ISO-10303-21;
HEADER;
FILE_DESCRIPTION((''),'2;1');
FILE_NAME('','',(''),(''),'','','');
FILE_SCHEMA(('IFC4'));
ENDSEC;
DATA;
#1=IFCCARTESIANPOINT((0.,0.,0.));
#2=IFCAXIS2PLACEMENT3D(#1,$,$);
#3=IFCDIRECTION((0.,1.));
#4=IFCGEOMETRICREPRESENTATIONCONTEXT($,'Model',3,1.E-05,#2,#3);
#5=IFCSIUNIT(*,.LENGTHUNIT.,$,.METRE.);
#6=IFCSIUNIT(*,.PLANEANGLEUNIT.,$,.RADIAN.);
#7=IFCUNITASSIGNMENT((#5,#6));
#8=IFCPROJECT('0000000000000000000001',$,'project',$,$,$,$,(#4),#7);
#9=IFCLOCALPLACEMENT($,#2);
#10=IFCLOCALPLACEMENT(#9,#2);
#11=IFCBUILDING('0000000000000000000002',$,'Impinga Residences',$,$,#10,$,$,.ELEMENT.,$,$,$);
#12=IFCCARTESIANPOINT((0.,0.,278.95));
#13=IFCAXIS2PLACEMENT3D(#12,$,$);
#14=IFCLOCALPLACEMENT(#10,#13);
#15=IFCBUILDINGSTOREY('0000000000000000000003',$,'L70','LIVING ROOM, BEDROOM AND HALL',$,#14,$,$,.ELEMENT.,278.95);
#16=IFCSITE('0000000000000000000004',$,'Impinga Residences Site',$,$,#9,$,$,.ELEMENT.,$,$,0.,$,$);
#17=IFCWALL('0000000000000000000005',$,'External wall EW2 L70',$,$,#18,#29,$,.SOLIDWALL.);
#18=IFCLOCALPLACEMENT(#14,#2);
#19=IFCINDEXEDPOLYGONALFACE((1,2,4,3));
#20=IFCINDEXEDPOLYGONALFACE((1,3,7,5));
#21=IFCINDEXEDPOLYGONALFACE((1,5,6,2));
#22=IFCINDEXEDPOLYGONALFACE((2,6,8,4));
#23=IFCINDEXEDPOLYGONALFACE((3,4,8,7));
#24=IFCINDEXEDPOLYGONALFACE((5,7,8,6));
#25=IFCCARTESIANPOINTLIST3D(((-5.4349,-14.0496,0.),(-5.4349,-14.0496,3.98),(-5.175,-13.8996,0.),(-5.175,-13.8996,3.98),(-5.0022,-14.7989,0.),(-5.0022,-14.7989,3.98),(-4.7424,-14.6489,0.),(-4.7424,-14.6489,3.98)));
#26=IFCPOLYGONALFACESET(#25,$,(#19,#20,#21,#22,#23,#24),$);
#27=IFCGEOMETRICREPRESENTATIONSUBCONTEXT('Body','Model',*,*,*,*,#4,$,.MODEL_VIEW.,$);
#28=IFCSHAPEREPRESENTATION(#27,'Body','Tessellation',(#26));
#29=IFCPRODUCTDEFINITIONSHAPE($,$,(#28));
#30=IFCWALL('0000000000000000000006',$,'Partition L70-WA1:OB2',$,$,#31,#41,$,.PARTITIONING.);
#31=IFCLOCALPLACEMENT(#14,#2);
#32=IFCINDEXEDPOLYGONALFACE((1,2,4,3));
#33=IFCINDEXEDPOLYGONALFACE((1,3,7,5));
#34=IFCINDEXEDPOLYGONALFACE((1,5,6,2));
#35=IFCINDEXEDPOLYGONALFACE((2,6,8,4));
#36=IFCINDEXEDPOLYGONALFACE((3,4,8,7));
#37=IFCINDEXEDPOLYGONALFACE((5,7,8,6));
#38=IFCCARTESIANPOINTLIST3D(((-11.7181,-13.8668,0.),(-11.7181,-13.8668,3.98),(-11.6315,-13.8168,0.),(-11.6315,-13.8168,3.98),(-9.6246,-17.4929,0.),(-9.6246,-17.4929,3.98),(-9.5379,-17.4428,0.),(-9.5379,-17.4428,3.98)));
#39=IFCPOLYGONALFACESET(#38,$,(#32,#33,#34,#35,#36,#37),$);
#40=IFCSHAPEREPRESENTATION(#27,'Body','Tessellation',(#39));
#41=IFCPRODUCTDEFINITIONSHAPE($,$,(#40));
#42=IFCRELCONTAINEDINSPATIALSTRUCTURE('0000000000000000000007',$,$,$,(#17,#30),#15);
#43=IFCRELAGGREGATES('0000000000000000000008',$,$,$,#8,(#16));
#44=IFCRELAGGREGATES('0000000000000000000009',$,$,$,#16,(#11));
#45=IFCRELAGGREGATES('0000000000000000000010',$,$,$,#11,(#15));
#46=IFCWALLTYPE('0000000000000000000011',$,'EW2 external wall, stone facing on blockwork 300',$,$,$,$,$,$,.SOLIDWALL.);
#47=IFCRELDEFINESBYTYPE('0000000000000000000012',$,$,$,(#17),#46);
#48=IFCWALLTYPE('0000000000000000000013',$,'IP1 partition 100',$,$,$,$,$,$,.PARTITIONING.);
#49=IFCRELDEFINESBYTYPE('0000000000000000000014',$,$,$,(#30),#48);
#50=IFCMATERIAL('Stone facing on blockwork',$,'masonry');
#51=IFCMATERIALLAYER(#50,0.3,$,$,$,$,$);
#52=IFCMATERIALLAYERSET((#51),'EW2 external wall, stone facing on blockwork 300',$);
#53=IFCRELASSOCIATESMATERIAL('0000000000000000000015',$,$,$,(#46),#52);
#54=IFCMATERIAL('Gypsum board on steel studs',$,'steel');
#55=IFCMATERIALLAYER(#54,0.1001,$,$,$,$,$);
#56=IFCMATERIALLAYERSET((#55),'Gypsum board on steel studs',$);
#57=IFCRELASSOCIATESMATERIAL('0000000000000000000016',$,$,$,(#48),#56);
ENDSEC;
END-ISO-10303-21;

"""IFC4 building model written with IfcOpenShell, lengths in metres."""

from ifc_helpers import new_model, si_unit, direction, frame, frame_2d, origin, place, context, subcontext, project, spatial, rectangle, extrude, material, layer, layer_set, type_object, element, save


model = new_model("IFC4")

# Units and contexts
model_context = context("Model", 3, precision=1e-05, world=origin(), true_north=direction((0.0, 1.0)))
body_context = subcontext(model_context, "Body", "Model", "MODEL_VIEW")
ifc_project = project(units=[si_unit("LENGTHUNIT", "METRE"), si_unit("PLANEANGLEUNIT", "RADIAN")], contexts=[model_context])

# Site, building, storey
site_placement = place(None, origin())
site = spatial("IfcSite", under=ifc_project, at=site_placement, Name="Impinga Residences Site", CompositionType="ELEMENT", RefElevation=0.0)
building_placement = place(site_placement, origin())
building = spatial("IfcBuilding", under=site, at=building_placement, Name="Impinga Residences", CompositionType="ELEMENT")
storey_placement = place(building_placement, frame((0.0, 0.0, 278.95)))
storey = spatial("IfcBuildingStorey", under=building, at=storey_placement, Name="L70", Description="LIVING ROOM, BEDROOM AND HALL", CompositionType="ELEMENT", Elevation=278.95)

# Walls
ifc_material_1 = material(Name="Stone facing on blockwork", Category="masonry")
ifc_layer_1 = layer(ifc_material_1, 0.3)
ifc_layer_set_1 = layer_set([ifc_layer_1], Name="EW2 external wall, stone facing on blockwork 300")
wall_type_1 = type_object("IfcWallType", Name="EW2 external wall, stone facing on blockwork 300", PredefinedType="SOLIDWALL", material=ifc_layer_set_1)
wall_1_placement = place(storey_placement, frame((-5.3049, -13.9746, 0.0), z_axis=(0.0, 0.0, 1.0), x_axis=(0.500024, -0.866012, 0.0)))
element("IfcWall", 1, at=wall_1_placement, inside=storey, type_object=wall_type_1, Name="External wall EW2 L70", PredefinedType="SOLIDWALL", context=body_context, shape_type="SweptSolid", body=[
    extrude(rectangle(XDim=0.8652, YDim=0.3, at=frame_2d((0.4326, 0.0))), origin(), (0.0, 0.0, 1.0), 3.98),
])
ifc_material_2 = material(Name="Gypsum board on steel studs", Category="steel")
ifc_layer_2 = layer(ifc_material_2, 0.1001)
ifc_layer_set_2 = layer_set([ifc_layer_2], Name="Gypsum board on steel studs")
wall_type_2 = type_object("IfcWallType", Name="IP1 partition 100", PredefinedType="PARTITIONING", material=ifc_layer_set_2)
wall_2_placement = place(storey_placement, frame((-11.6748, -13.8418, 0.0), z_axis=(0.0, 0.0, 1.0), x_axis=(0.500008, -0.866021, 0.0)))
element("IfcWall", 2, at=wall_2_placement, inside=storey, type_object=wall_type_2, Name="Partition L70-WA1:OB2", PredefinedType="PARTITIONING", context=body_context, shape_type="SweptSolid", body=[
    extrude(rectangle(XDim=4.187, YDim=0.1001, at=frame_2d((2.0935, 0.0))), origin(), (0.0, 0.0, 1.0), 3.98),
])

save(model, "model.ifc")
